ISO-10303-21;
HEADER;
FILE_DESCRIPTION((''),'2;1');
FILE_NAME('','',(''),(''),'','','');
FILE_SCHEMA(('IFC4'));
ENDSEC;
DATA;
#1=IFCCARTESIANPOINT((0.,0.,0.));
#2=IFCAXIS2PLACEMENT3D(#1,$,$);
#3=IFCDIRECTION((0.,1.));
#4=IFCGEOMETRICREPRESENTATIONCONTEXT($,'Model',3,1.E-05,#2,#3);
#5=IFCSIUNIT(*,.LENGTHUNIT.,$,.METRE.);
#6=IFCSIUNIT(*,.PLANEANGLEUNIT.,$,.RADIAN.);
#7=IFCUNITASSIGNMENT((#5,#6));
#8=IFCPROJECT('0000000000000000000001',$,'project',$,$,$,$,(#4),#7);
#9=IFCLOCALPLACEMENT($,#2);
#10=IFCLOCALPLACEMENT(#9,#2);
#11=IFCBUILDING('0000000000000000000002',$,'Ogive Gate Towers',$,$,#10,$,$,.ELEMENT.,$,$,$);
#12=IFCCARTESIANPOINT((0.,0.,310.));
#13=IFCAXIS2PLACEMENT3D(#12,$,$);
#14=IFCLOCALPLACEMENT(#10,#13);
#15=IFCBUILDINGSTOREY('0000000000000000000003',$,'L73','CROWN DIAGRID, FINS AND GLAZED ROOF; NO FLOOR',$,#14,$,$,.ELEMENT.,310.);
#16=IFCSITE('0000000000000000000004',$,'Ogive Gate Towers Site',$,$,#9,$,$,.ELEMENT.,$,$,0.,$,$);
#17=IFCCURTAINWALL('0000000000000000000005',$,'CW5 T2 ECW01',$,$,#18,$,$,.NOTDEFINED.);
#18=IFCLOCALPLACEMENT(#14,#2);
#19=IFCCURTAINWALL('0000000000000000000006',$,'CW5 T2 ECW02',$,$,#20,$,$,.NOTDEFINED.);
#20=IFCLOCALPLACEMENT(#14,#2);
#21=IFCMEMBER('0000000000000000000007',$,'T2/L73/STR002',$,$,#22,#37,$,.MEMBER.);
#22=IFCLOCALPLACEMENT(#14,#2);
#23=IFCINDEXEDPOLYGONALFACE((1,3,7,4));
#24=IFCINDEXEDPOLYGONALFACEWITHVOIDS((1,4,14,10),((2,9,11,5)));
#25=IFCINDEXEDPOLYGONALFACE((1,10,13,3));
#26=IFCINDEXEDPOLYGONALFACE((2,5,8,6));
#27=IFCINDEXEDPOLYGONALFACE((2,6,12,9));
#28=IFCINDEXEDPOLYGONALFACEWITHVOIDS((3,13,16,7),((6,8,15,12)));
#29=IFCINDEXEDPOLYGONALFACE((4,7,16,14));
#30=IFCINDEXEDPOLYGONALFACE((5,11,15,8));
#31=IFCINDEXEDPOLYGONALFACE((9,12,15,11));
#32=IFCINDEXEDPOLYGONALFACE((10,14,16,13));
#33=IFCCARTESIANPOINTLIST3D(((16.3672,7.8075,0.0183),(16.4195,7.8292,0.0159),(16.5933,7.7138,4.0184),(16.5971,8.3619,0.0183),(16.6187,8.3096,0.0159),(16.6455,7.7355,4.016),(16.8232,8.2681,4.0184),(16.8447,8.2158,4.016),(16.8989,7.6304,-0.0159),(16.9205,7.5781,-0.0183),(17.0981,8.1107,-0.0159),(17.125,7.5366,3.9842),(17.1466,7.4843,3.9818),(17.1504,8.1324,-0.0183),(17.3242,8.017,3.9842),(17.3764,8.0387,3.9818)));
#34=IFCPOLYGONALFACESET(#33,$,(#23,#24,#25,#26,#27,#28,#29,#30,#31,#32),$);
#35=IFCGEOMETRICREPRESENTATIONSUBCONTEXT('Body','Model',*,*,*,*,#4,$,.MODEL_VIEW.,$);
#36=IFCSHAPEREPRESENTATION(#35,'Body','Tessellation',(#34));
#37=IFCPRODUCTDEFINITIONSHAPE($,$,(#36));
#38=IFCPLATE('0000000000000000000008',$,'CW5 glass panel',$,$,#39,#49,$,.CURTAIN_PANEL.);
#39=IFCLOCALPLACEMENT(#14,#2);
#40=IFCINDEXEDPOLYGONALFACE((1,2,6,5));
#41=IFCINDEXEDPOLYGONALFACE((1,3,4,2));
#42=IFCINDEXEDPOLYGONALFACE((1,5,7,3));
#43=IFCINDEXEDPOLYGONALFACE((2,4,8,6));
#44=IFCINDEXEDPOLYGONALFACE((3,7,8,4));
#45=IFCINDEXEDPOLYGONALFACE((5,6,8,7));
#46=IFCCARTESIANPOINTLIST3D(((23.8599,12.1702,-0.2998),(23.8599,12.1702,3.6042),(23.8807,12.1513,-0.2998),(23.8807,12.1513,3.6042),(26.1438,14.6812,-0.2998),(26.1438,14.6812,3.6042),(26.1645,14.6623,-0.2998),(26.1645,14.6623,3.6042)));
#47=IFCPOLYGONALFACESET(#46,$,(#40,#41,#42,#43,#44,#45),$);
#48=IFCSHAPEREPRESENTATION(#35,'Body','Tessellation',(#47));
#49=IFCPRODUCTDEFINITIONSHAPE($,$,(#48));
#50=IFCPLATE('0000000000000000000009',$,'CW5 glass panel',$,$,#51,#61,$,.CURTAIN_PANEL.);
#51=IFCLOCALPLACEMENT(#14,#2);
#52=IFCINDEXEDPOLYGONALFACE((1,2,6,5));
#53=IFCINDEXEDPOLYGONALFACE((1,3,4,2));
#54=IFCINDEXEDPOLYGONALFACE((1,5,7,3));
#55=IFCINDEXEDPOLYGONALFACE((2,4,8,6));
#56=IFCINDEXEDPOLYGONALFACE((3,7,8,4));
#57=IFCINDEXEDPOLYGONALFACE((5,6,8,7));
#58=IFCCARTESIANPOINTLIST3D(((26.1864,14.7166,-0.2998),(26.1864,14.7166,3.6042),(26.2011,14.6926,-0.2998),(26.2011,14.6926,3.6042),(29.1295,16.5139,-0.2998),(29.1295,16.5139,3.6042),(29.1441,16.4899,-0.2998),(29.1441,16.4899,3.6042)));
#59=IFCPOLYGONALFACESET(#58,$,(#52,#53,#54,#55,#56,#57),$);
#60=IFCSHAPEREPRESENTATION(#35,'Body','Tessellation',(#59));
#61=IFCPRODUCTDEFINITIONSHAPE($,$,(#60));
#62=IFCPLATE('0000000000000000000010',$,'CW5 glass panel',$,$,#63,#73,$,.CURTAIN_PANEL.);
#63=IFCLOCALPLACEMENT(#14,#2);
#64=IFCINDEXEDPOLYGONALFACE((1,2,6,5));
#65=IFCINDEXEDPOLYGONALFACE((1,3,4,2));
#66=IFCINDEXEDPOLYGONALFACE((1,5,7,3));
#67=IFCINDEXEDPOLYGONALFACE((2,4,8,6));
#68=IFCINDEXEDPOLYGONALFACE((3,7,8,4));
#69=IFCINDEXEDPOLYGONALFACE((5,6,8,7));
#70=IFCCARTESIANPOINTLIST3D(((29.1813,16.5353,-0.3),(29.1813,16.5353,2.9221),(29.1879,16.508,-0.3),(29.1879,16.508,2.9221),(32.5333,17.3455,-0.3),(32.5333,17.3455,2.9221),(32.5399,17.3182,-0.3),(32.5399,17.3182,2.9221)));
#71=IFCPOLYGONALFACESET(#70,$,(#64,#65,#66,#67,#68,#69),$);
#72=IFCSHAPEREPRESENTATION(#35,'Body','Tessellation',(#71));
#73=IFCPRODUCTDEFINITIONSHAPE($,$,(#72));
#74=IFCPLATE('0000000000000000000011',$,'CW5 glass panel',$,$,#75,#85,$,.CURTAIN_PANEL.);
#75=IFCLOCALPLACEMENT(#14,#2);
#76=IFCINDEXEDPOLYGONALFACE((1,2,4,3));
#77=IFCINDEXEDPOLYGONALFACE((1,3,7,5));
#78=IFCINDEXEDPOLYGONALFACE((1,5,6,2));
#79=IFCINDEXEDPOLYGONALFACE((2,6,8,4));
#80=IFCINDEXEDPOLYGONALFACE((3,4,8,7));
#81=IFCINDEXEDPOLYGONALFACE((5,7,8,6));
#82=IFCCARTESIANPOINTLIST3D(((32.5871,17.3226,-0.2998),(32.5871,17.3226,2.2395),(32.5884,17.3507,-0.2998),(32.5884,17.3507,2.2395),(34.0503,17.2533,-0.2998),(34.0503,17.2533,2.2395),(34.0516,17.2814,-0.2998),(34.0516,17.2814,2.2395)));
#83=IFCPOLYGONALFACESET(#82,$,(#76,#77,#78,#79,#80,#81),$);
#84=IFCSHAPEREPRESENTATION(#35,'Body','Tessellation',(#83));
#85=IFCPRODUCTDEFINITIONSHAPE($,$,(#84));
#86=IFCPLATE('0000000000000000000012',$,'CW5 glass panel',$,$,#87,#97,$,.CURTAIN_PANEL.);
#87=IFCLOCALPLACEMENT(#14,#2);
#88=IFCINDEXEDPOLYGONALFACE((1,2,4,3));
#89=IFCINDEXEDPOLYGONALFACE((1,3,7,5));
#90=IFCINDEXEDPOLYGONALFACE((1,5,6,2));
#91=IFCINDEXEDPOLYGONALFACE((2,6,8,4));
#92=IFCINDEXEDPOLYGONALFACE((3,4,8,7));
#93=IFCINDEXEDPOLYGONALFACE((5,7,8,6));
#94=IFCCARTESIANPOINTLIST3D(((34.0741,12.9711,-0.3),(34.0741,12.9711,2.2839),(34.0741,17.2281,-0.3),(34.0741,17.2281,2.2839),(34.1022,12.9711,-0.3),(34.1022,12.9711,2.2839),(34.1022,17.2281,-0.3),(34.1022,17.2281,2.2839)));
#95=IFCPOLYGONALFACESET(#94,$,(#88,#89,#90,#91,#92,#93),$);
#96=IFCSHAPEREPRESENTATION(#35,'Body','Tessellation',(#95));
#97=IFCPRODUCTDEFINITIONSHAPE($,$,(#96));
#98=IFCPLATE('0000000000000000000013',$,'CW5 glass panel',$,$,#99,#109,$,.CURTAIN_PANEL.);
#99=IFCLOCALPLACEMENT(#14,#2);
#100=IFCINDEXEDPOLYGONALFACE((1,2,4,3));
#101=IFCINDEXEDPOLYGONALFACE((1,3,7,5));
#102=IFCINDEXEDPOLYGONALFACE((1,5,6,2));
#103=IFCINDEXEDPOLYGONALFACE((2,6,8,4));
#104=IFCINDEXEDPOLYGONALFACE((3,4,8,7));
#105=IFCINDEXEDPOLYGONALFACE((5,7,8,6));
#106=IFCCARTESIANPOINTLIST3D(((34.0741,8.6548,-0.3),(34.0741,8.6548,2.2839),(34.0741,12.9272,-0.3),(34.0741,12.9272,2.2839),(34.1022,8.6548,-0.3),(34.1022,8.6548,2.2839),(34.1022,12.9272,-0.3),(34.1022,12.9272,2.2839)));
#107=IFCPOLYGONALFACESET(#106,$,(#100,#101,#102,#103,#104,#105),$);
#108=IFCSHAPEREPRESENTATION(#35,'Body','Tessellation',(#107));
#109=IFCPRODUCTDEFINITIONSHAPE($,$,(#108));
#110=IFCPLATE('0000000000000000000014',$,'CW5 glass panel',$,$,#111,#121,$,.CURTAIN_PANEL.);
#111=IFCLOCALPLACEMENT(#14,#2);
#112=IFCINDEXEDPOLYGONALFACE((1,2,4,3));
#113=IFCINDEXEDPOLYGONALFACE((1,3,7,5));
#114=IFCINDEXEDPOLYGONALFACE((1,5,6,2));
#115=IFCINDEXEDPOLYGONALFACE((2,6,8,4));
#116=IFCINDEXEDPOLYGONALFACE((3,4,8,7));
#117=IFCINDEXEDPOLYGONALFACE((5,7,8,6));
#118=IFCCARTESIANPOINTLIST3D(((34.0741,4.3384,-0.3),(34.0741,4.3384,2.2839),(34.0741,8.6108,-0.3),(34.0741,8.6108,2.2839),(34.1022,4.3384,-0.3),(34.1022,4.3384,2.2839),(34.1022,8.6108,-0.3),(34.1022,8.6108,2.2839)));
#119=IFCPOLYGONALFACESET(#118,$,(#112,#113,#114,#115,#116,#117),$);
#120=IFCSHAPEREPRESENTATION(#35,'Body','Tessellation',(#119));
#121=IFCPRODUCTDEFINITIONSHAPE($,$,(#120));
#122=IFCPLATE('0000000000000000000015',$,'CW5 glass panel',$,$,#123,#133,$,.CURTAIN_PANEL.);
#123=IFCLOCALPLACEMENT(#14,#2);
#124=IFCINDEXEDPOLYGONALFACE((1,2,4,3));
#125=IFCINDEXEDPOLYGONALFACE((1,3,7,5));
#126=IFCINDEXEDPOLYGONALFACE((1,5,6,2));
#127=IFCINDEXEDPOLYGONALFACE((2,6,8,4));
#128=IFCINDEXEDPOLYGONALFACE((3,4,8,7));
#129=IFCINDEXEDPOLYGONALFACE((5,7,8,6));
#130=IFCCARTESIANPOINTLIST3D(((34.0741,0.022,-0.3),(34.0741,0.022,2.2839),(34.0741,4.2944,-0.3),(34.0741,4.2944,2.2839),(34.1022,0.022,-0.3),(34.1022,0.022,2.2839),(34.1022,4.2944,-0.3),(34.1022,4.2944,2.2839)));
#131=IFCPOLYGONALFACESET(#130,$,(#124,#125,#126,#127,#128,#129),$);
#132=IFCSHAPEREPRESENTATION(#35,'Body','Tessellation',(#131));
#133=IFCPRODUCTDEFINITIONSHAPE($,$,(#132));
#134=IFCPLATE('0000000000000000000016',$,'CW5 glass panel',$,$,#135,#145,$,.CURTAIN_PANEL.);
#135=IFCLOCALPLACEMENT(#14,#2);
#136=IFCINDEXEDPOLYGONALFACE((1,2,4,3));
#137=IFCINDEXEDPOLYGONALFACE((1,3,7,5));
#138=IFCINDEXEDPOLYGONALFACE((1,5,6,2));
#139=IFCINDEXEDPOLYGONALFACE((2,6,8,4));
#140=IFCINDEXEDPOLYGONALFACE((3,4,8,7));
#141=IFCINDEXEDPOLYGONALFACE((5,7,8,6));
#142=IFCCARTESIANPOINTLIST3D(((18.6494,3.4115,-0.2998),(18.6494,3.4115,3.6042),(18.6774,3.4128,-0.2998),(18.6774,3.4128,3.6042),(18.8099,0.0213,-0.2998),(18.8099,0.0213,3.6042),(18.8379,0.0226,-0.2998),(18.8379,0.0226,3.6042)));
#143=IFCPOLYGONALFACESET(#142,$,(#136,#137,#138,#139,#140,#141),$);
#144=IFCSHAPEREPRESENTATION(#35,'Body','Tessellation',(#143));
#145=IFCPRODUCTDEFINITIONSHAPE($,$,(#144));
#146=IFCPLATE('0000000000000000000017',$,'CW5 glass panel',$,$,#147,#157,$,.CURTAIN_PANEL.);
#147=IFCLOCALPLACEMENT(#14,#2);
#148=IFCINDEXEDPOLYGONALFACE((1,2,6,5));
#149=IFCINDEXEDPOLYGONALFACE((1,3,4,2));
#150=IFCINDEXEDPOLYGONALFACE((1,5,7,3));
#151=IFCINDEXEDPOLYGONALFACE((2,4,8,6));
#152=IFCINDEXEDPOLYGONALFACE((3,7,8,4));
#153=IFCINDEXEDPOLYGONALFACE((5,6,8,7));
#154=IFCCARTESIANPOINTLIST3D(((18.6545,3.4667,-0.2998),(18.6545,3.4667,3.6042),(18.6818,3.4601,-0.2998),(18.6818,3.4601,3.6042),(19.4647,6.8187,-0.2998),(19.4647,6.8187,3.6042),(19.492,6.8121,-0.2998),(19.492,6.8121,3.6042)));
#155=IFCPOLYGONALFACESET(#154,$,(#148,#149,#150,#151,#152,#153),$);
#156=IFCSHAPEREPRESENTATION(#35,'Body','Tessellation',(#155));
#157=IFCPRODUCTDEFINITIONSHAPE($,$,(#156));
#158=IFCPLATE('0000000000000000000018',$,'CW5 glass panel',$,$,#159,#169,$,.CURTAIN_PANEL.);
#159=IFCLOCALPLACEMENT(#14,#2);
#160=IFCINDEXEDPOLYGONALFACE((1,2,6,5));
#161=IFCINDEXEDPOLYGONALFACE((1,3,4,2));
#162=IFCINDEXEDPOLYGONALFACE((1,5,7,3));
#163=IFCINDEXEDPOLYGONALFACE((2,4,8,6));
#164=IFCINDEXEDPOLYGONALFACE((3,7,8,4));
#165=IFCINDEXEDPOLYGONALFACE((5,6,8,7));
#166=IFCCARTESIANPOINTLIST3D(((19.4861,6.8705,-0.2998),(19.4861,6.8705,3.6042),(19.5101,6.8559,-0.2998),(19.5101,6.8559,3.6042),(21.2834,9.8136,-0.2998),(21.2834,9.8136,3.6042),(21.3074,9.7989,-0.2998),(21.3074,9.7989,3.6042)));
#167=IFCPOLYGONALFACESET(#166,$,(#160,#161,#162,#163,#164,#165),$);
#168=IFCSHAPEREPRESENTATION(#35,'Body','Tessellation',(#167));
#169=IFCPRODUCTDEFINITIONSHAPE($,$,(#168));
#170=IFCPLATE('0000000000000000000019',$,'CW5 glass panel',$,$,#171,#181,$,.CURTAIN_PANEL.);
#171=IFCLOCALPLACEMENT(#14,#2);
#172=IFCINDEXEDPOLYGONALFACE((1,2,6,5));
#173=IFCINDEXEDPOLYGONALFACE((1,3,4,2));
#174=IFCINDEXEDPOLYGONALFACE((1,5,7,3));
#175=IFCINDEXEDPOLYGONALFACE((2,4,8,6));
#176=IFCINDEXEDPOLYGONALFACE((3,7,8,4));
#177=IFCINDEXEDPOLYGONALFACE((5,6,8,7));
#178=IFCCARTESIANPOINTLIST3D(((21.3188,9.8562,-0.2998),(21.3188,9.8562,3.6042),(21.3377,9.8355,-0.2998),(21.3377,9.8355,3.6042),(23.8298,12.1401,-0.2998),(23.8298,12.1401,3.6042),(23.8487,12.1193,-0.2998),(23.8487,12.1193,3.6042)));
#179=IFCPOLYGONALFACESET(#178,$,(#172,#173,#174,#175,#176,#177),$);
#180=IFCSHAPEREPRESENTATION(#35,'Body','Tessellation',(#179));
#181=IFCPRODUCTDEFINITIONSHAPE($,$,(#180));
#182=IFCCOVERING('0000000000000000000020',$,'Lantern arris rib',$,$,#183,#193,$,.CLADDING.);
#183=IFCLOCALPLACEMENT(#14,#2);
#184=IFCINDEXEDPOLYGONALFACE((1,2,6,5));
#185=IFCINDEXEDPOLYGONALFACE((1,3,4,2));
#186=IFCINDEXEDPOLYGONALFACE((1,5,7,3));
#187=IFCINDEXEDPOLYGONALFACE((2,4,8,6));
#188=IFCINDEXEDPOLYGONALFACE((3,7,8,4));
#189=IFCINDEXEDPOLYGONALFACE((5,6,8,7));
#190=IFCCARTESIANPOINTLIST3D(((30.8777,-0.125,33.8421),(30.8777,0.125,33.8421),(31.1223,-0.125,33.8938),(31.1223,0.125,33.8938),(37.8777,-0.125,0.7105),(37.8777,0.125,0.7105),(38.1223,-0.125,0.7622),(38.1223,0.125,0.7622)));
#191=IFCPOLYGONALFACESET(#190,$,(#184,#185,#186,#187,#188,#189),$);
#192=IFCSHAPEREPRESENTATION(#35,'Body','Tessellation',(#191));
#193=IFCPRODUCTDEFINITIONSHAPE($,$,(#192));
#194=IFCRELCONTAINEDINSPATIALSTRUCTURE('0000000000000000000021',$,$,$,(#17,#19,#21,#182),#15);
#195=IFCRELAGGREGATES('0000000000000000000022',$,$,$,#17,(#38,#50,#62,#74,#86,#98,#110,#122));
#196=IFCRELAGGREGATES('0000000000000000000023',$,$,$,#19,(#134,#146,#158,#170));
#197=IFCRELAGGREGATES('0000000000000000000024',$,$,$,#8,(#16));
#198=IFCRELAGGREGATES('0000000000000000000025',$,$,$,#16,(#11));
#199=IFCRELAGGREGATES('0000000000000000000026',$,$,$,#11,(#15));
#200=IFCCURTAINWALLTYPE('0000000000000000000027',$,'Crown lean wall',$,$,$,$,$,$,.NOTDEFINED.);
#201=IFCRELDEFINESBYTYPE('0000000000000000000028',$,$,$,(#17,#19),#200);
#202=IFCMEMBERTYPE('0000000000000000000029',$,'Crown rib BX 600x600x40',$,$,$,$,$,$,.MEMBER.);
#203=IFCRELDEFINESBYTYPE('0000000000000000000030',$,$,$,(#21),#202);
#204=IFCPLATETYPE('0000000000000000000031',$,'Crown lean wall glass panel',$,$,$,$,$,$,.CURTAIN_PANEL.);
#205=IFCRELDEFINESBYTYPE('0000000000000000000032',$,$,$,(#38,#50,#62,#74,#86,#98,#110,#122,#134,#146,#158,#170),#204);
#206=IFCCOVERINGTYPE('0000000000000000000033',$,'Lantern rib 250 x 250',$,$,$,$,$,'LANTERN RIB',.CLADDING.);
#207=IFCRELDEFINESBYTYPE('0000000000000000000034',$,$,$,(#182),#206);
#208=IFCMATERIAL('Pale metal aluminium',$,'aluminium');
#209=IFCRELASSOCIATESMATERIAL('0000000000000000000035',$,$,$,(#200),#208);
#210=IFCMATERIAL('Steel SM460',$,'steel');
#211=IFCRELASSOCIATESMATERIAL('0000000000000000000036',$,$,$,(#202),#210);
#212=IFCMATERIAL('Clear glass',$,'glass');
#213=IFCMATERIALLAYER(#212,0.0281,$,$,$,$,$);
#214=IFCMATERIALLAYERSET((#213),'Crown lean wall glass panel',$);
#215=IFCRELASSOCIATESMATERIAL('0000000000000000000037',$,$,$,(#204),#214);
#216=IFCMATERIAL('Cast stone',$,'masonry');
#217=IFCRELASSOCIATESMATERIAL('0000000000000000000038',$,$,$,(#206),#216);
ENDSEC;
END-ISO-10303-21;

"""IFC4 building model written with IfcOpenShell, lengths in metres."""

from ifc_helpers import new_model, si_unit, direction, frame, origin, origin_2d, place, context, subcontext, project, spatial, rectangle, hollow_rectangle, extrude, material, layer, layer_set, material_profile, profile_set, type_object, element, aggregate, save


model = new_model("IFC4")

# Units and contexts
model_context = context("Model", 3, precision=1e-05, world=origin(), true_north=direction((0.0, 1.0)))
body_context = subcontext(model_context, "Body", "Model", "MODEL_VIEW")
ifc_project = project(units=[si_unit("LENGTHUNIT", "METRE"), si_unit("PLANEANGLEUNIT", "RADIAN")], contexts=[model_context])

# Site, building, storey
site_placement = place(None, origin())
site = spatial("IfcSite", under=ifc_project, at=site_placement, Name="Ogive Gate Towers Site", CompositionType="ELEMENT", RefElevation=0.0)
building_placement = place(site_placement, origin())
building = spatial("IfcBuilding", under=site, at=building_placement, Name="Ogive Gate Towers", CompositionType="ELEMENT")
storey_placement = place(building_placement, frame((0.0, 0.0, 310.0)))
storey = spatial("IfcBuildingStorey", under=building, at=storey_placement, Name="L73", Description="CROWN DIAGRID, FINS AND GLAZED ROOF; NO FLOOR", CompositionType="ELEMENT", Elevation=310.0)

# Shared definitions
ifc_material_1 = material(Name="Steel SM460", Category="steel")

# Curtain walls
ifc_material_2 = material(Name="Pale metal aluminium", Category="aluminium")
curtain_wall_type = type_object("IfcCurtainWallType", Name="Crown lean wall", PredefinedType="NOTDEFINED", material=ifc_material_2)
curtain_wall_1_placement = place(storey_placement, origin())
curtain_wall_1 = element("IfcCurtainWall", 1, at=curtain_wall_1_placement, inside=storey, type_object=curtain_wall_type, Name="CW5 T2 ECW01", PredefinedType="NOTDEFINED")
curtain_wall_2_placement = place(storey_placement, origin())
curtain_wall_2 = element("IfcCurtainWall", 2, at=curtain_wall_2_placement, inside=storey, type_object=curtain_wall_type, Name="CW5 T2 ECW02", PredefinedType="NOTDEFINED")

# Member
ifc_material_profile_1 = material_profile(ifc_material_1, hollow_rectangle(XDim=0.6001, YDim=0.6001, WallThickness=0.04, at=origin_2d()), Name="BX 600x600x40")
ifc_profile_set_1 = profile_set([ifc_material_profile_1], Name="Steel SM460")
member_type_1 = type_object("IfcMemberType", Name="Crown rib BX 600x600x40", PredefinedType="MEMBER", material=ifc_profile_set_1)
for number, where, z_axis, x_axis, name in (
    (3, (16.7588, 7.97, 0.0), (0.056413, -0.023394, 0.998133), (0.383057, 0.923725, 0.0), "T2/L73/STR002"),
):
    element("IfcMember", number, at=place(storey_placement, frame(where, z_axis=z_axis, x_axis=x_axis)), inside=storey, type_object=member_type_1, Name=name, PredefinedType="MEMBER", context=body_context, shape_type="SweptSolid", body=[
        extrude(hollow_rectangle(XDim=0.6001, YDim=0.6001, WallThickness=0.04, at=origin_2d()), origin(), (0.0, 0.0, 1.0), 4.0076),
    ])

# Plates
ifc_material_3 = material(Name="Clear glass", Category="glass")
ifc_layer_1 = layer(ifc_material_3, 0.0281)
ifc_layer_set_1 = layer_set([ifc_layer_1], Name="Crown lean wall glass panel")
plate_type = type_object("IfcPlateType", Name="Crown lean wall glass panel", PredefinedType="CURTAIN_PANEL", material=ifc_layer_set_1)
plate_1_placement = place(storey_placement, frame((25.0122, 13.4163, -0.2998), z_axis=(0.0, 0.0, 1.0), x_axis=(0.672858, 0.739772, 0.0)))
plate_1 = element("IfcPlate", 4, at=plate_1_placement, type_object=plate_type, Name="CW5 glass panel", PredefinedType="CURTAIN_PANEL", context=body_context, shape_type="SweptSolid", body=[
    extrude(rectangle(XDim=3.3943, YDim=0.0281, at=origin_2d()), origin(), (0.0, 0.0, 1.0), 3.9041),
])
plate_2_placement = place(storey_placement, frame((27.6653, 15.6033, -0.2998), z_axis=(0.0, 0.0, 1.0), x_axis=(0.853442, 0.521188, 0.0)))
plate_2 = element("IfcPlate", 5, at=plate_2_placement, type_object=plate_type, Name="CW5 glass panel", PredefinedType="CURTAIN_PANEL", context=body_context, shape_type="SweptSolid", body=[
    extrude(rectangle(XDim=3.4485, YDim=0.0281, at=origin_2d()), origin(), (0.0, 0.0, 1.0), 3.9041),
])
plate_3_placement = place(storey_placement, frame((30.8606, 16.9268, -0.3), z_axis=(0.0, 0.0, 1.0), x_axis=(0.97201, 0.234939, 0.0)))
plate_3 = element("IfcPlate", 6, at=plate_3_placement, type_object=plate_type, Name="CW5 glass panel", PredefinedType="CURTAIN_PANEL", context=body_context, shape_type="SweptSolid", body=[
    extrude(rectangle(XDim=3.4485, YDim=0.0281, at=origin_2d()), origin(), (0.0, 0.0, 1.0), 3.2222),
])
plate_4_placement = place(storey_placement, frame((33.3193, 17.302, -0.2998), z_axis=(0.0, 0.0, 1.0), x_axis=(0.99888, -0.047316, 0.0)))
plate_4 = element("IfcPlate", 7, at=plate_4_placement, type_object=plate_type, Name="CW5 glass panel", PredefinedType="CURTAIN_PANEL", context=body_context, shape_type="SweptSolid", body=[
    extrude(rectangle(XDim=1.4648, YDim=0.0281, at=origin_2d()), origin(), (0.0, 0.0, 1.0), 2.5393),
])
plate_5_placement = place(storey_placement, frame((34.0881, 15.0996, -0.3), z_axis=(0.0, 0.0, 1.0), x_axis=(0.0, -1.0, 0.0)))
plate_5 = element("IfcPlate", 8, at=plate_5_placement, type_object=plate_type, Name="CW5 glass panel", PredefinedType="CURTAIN_PANEL", context=body_context, shape_type="SweptSolid", body=[
    extrude(rectangle(XDim=4.2571, YDim=0.0281, at=origin_2d()), origin(), (0.0, 0.0, 1.0), 2.584),
])
plate_6_placement = place(storey_placement, frame((34.0881, 10.791, -0.3), z_axis=(0.0, 0.0, 1.0), x_axis=(0.0, -1.0, 0.0)))
plate_6 = element("IfcPlate", 9, at=plate_6_placement, type_object=plate_type, Name="CW5 glass panel", PredefinedType="CURTAIN_PANEL", context=body_context, shape_type="SweptSolid", body=[
    extrude(rectangle(XDim=4.2725, YDim=0.0281, at=origin_2d()), origin(), (0.0, 0.0, 1.0), 2.584),
])
plate_7_placement = place(storey_placement, frame((34.0881, 6.4746, -0.3), z_axis=(0.0, 0.0, 1.0), x_axis=(0.0, -1.0, 0.0)))
plate_7 = element("IfcPlate", 10, at=plate_7_placement, type_object=plate_type, Name="CW5 glass panel", PredefinedType="CURTAIN_PANEL", context=body_context, shape_type="SweptSolid", body=[
    extrude(rectangle(XDim=4.2725, YDim=0.0281, at=origin_2d()), origin(), (0.0, 0.0, 1.0), 2.584),
])
plate_8_placement = place(storey_placement, frame((34.0881, 2.1582, -0.3), z_axis=(0.0, 0.0, 1.0), x_axis=(0.0, -1.0, 0.0)))
plate_8 = element("IfcPlate", 11, at=plate_8_placement, type_object=plate_type, Name="CW5 glass panel", PredefinedType="CURTAIN_PANEL", context=body_context, shape_type="SweptSolid", body=[
    extrude(rectangle(XDim=4.2725, YDim=0.0281, at=origin_2d()), origin(), (0.0, 0.0, 1.0), 2.584),
])
aggregate(curtain_wall_1, [plate_1, plate_2, plate_3, plate_4, plate_5, plate_6, plate_7, plate_8])
plate_9_placement = place(storey_placement, frame((18.7437, 1.717, -0.2998), z_axis=(0.0, 0.0, 1.0), x_axis=(-0.047298, 0.998881, 0.0)))
plate_9 = element("IfcPlate", 12, at=plate_9_placement, type_object=plate_type, Name="CW5 glass panel", PredefinedType="CURTAIN_PANEL", context=body_context, shape_type="SweptSolid", body=[
    extrude(rectangle(XDim=3.394, YDim=0.0281, at=origin_2d()), origin(), (0.0, 0.0, 1.0), 3.9041),
])
plate_10_placement = place(storey_placement, frame((19.0732, 5.1394, -0.2998), z_axis=(0.0, 0.0, 1.0), x_axis=(0.234939, 0.97201, 0.0)))
plate_10 = element("IfcPlate", 13, at=plate_10_placement, type_object=plate_type, Name="CW5 glass panel", PredefinedType="CURTAIN_PANEL", context=body_context, shape_type="SweptSolid", body=[
    extrude(rectangle(XDim=3.4485, YDim=0.0281, at=origin_2d()), origin(), (0.0, 0.0, 1.0), 3.9041),
])
plate_11_placement = place(storey_placement, frame((20.3967, 8.3347, -0.2998), z_axis=(0.0, 0.0, 1.0), x_axis=(0.521188, 0.853442, 0.0)))
plate_11 = element("IfcPlate", 14, at=plate_11_placement, type_object=plate_type, Name="CW5 glass panel", PredefinedType="CURTAIN_PANEL", context=body_context, shape_type="SweptSolid", body=[
    extrude(rectangle(XDim=3.4485, YDim=0.0281, at=origin_2d()), origin(), (0.0, 0.0, 1.0), 3.9041),
])
plate_12_placement = place(storey_placement, frame((22.5837, 10.9878, -0.2998), z_axis=(0.0, 0.0, 1.0), x_axis=(0.739772, 0.672858, 0.0)))
plate_12 = element("IfcPlate", 15, at=plate_12_placement, type_object=plate_type, Name="CW5 glass panel", PredefinedType="CURTAIN_PANEL", context=body_context, shape_type="SweptSolid", body=[
    extrude(rectangle(XDim=3.3943, YDim=0.0281, at=origin_2d()), origin(), (0.0, 0.0, 1.0), 3.9041),
])
aggregate(curtain_wall_2, [plate_9, plate_10, plate_11, plate_12])

# Covering
ifc_material_4 = material(Name="Cast stone", Category="masonry")
ifc_material_profile_2 = material_profile(ifc_material_4, rectangle(XDim=0.25, YDim=0.25, at=origin_2d()), Name="250 x 250 cast stone")
ifc_profile_set_2 = profile_set([ifc_material_profile_2], Name="Cast stone")
covering_type_1 = type_object("IfcCoveringType", Name="Lantern rib 250 x 250", ElementType="LANTERN RIB", PredefinedType="CLADDING", material=ifc_profile_set_2)
covering_1_placement = place(storey_placement, frame((38.0, 0.0, 0.7363), z_axis=(-0.206715, 0.0, 0.978401), x_axis=(0.0, -1.0, 0.0)))
element("IfcCovering", 16, at=covering_1_placement, inside=storey, type_object=covering_type_1, Name="Lantern arris rib", PredefinedType="CLADDING", context=body_context, shape_type="SweptSolid", body=[
    extrude(rectangle(XDim=0.25, YDim=0.25, at=origin_2d()), origin(), (0.0, 0.0, 1.0), 33.863),
])

save(model, "model.ifc")
